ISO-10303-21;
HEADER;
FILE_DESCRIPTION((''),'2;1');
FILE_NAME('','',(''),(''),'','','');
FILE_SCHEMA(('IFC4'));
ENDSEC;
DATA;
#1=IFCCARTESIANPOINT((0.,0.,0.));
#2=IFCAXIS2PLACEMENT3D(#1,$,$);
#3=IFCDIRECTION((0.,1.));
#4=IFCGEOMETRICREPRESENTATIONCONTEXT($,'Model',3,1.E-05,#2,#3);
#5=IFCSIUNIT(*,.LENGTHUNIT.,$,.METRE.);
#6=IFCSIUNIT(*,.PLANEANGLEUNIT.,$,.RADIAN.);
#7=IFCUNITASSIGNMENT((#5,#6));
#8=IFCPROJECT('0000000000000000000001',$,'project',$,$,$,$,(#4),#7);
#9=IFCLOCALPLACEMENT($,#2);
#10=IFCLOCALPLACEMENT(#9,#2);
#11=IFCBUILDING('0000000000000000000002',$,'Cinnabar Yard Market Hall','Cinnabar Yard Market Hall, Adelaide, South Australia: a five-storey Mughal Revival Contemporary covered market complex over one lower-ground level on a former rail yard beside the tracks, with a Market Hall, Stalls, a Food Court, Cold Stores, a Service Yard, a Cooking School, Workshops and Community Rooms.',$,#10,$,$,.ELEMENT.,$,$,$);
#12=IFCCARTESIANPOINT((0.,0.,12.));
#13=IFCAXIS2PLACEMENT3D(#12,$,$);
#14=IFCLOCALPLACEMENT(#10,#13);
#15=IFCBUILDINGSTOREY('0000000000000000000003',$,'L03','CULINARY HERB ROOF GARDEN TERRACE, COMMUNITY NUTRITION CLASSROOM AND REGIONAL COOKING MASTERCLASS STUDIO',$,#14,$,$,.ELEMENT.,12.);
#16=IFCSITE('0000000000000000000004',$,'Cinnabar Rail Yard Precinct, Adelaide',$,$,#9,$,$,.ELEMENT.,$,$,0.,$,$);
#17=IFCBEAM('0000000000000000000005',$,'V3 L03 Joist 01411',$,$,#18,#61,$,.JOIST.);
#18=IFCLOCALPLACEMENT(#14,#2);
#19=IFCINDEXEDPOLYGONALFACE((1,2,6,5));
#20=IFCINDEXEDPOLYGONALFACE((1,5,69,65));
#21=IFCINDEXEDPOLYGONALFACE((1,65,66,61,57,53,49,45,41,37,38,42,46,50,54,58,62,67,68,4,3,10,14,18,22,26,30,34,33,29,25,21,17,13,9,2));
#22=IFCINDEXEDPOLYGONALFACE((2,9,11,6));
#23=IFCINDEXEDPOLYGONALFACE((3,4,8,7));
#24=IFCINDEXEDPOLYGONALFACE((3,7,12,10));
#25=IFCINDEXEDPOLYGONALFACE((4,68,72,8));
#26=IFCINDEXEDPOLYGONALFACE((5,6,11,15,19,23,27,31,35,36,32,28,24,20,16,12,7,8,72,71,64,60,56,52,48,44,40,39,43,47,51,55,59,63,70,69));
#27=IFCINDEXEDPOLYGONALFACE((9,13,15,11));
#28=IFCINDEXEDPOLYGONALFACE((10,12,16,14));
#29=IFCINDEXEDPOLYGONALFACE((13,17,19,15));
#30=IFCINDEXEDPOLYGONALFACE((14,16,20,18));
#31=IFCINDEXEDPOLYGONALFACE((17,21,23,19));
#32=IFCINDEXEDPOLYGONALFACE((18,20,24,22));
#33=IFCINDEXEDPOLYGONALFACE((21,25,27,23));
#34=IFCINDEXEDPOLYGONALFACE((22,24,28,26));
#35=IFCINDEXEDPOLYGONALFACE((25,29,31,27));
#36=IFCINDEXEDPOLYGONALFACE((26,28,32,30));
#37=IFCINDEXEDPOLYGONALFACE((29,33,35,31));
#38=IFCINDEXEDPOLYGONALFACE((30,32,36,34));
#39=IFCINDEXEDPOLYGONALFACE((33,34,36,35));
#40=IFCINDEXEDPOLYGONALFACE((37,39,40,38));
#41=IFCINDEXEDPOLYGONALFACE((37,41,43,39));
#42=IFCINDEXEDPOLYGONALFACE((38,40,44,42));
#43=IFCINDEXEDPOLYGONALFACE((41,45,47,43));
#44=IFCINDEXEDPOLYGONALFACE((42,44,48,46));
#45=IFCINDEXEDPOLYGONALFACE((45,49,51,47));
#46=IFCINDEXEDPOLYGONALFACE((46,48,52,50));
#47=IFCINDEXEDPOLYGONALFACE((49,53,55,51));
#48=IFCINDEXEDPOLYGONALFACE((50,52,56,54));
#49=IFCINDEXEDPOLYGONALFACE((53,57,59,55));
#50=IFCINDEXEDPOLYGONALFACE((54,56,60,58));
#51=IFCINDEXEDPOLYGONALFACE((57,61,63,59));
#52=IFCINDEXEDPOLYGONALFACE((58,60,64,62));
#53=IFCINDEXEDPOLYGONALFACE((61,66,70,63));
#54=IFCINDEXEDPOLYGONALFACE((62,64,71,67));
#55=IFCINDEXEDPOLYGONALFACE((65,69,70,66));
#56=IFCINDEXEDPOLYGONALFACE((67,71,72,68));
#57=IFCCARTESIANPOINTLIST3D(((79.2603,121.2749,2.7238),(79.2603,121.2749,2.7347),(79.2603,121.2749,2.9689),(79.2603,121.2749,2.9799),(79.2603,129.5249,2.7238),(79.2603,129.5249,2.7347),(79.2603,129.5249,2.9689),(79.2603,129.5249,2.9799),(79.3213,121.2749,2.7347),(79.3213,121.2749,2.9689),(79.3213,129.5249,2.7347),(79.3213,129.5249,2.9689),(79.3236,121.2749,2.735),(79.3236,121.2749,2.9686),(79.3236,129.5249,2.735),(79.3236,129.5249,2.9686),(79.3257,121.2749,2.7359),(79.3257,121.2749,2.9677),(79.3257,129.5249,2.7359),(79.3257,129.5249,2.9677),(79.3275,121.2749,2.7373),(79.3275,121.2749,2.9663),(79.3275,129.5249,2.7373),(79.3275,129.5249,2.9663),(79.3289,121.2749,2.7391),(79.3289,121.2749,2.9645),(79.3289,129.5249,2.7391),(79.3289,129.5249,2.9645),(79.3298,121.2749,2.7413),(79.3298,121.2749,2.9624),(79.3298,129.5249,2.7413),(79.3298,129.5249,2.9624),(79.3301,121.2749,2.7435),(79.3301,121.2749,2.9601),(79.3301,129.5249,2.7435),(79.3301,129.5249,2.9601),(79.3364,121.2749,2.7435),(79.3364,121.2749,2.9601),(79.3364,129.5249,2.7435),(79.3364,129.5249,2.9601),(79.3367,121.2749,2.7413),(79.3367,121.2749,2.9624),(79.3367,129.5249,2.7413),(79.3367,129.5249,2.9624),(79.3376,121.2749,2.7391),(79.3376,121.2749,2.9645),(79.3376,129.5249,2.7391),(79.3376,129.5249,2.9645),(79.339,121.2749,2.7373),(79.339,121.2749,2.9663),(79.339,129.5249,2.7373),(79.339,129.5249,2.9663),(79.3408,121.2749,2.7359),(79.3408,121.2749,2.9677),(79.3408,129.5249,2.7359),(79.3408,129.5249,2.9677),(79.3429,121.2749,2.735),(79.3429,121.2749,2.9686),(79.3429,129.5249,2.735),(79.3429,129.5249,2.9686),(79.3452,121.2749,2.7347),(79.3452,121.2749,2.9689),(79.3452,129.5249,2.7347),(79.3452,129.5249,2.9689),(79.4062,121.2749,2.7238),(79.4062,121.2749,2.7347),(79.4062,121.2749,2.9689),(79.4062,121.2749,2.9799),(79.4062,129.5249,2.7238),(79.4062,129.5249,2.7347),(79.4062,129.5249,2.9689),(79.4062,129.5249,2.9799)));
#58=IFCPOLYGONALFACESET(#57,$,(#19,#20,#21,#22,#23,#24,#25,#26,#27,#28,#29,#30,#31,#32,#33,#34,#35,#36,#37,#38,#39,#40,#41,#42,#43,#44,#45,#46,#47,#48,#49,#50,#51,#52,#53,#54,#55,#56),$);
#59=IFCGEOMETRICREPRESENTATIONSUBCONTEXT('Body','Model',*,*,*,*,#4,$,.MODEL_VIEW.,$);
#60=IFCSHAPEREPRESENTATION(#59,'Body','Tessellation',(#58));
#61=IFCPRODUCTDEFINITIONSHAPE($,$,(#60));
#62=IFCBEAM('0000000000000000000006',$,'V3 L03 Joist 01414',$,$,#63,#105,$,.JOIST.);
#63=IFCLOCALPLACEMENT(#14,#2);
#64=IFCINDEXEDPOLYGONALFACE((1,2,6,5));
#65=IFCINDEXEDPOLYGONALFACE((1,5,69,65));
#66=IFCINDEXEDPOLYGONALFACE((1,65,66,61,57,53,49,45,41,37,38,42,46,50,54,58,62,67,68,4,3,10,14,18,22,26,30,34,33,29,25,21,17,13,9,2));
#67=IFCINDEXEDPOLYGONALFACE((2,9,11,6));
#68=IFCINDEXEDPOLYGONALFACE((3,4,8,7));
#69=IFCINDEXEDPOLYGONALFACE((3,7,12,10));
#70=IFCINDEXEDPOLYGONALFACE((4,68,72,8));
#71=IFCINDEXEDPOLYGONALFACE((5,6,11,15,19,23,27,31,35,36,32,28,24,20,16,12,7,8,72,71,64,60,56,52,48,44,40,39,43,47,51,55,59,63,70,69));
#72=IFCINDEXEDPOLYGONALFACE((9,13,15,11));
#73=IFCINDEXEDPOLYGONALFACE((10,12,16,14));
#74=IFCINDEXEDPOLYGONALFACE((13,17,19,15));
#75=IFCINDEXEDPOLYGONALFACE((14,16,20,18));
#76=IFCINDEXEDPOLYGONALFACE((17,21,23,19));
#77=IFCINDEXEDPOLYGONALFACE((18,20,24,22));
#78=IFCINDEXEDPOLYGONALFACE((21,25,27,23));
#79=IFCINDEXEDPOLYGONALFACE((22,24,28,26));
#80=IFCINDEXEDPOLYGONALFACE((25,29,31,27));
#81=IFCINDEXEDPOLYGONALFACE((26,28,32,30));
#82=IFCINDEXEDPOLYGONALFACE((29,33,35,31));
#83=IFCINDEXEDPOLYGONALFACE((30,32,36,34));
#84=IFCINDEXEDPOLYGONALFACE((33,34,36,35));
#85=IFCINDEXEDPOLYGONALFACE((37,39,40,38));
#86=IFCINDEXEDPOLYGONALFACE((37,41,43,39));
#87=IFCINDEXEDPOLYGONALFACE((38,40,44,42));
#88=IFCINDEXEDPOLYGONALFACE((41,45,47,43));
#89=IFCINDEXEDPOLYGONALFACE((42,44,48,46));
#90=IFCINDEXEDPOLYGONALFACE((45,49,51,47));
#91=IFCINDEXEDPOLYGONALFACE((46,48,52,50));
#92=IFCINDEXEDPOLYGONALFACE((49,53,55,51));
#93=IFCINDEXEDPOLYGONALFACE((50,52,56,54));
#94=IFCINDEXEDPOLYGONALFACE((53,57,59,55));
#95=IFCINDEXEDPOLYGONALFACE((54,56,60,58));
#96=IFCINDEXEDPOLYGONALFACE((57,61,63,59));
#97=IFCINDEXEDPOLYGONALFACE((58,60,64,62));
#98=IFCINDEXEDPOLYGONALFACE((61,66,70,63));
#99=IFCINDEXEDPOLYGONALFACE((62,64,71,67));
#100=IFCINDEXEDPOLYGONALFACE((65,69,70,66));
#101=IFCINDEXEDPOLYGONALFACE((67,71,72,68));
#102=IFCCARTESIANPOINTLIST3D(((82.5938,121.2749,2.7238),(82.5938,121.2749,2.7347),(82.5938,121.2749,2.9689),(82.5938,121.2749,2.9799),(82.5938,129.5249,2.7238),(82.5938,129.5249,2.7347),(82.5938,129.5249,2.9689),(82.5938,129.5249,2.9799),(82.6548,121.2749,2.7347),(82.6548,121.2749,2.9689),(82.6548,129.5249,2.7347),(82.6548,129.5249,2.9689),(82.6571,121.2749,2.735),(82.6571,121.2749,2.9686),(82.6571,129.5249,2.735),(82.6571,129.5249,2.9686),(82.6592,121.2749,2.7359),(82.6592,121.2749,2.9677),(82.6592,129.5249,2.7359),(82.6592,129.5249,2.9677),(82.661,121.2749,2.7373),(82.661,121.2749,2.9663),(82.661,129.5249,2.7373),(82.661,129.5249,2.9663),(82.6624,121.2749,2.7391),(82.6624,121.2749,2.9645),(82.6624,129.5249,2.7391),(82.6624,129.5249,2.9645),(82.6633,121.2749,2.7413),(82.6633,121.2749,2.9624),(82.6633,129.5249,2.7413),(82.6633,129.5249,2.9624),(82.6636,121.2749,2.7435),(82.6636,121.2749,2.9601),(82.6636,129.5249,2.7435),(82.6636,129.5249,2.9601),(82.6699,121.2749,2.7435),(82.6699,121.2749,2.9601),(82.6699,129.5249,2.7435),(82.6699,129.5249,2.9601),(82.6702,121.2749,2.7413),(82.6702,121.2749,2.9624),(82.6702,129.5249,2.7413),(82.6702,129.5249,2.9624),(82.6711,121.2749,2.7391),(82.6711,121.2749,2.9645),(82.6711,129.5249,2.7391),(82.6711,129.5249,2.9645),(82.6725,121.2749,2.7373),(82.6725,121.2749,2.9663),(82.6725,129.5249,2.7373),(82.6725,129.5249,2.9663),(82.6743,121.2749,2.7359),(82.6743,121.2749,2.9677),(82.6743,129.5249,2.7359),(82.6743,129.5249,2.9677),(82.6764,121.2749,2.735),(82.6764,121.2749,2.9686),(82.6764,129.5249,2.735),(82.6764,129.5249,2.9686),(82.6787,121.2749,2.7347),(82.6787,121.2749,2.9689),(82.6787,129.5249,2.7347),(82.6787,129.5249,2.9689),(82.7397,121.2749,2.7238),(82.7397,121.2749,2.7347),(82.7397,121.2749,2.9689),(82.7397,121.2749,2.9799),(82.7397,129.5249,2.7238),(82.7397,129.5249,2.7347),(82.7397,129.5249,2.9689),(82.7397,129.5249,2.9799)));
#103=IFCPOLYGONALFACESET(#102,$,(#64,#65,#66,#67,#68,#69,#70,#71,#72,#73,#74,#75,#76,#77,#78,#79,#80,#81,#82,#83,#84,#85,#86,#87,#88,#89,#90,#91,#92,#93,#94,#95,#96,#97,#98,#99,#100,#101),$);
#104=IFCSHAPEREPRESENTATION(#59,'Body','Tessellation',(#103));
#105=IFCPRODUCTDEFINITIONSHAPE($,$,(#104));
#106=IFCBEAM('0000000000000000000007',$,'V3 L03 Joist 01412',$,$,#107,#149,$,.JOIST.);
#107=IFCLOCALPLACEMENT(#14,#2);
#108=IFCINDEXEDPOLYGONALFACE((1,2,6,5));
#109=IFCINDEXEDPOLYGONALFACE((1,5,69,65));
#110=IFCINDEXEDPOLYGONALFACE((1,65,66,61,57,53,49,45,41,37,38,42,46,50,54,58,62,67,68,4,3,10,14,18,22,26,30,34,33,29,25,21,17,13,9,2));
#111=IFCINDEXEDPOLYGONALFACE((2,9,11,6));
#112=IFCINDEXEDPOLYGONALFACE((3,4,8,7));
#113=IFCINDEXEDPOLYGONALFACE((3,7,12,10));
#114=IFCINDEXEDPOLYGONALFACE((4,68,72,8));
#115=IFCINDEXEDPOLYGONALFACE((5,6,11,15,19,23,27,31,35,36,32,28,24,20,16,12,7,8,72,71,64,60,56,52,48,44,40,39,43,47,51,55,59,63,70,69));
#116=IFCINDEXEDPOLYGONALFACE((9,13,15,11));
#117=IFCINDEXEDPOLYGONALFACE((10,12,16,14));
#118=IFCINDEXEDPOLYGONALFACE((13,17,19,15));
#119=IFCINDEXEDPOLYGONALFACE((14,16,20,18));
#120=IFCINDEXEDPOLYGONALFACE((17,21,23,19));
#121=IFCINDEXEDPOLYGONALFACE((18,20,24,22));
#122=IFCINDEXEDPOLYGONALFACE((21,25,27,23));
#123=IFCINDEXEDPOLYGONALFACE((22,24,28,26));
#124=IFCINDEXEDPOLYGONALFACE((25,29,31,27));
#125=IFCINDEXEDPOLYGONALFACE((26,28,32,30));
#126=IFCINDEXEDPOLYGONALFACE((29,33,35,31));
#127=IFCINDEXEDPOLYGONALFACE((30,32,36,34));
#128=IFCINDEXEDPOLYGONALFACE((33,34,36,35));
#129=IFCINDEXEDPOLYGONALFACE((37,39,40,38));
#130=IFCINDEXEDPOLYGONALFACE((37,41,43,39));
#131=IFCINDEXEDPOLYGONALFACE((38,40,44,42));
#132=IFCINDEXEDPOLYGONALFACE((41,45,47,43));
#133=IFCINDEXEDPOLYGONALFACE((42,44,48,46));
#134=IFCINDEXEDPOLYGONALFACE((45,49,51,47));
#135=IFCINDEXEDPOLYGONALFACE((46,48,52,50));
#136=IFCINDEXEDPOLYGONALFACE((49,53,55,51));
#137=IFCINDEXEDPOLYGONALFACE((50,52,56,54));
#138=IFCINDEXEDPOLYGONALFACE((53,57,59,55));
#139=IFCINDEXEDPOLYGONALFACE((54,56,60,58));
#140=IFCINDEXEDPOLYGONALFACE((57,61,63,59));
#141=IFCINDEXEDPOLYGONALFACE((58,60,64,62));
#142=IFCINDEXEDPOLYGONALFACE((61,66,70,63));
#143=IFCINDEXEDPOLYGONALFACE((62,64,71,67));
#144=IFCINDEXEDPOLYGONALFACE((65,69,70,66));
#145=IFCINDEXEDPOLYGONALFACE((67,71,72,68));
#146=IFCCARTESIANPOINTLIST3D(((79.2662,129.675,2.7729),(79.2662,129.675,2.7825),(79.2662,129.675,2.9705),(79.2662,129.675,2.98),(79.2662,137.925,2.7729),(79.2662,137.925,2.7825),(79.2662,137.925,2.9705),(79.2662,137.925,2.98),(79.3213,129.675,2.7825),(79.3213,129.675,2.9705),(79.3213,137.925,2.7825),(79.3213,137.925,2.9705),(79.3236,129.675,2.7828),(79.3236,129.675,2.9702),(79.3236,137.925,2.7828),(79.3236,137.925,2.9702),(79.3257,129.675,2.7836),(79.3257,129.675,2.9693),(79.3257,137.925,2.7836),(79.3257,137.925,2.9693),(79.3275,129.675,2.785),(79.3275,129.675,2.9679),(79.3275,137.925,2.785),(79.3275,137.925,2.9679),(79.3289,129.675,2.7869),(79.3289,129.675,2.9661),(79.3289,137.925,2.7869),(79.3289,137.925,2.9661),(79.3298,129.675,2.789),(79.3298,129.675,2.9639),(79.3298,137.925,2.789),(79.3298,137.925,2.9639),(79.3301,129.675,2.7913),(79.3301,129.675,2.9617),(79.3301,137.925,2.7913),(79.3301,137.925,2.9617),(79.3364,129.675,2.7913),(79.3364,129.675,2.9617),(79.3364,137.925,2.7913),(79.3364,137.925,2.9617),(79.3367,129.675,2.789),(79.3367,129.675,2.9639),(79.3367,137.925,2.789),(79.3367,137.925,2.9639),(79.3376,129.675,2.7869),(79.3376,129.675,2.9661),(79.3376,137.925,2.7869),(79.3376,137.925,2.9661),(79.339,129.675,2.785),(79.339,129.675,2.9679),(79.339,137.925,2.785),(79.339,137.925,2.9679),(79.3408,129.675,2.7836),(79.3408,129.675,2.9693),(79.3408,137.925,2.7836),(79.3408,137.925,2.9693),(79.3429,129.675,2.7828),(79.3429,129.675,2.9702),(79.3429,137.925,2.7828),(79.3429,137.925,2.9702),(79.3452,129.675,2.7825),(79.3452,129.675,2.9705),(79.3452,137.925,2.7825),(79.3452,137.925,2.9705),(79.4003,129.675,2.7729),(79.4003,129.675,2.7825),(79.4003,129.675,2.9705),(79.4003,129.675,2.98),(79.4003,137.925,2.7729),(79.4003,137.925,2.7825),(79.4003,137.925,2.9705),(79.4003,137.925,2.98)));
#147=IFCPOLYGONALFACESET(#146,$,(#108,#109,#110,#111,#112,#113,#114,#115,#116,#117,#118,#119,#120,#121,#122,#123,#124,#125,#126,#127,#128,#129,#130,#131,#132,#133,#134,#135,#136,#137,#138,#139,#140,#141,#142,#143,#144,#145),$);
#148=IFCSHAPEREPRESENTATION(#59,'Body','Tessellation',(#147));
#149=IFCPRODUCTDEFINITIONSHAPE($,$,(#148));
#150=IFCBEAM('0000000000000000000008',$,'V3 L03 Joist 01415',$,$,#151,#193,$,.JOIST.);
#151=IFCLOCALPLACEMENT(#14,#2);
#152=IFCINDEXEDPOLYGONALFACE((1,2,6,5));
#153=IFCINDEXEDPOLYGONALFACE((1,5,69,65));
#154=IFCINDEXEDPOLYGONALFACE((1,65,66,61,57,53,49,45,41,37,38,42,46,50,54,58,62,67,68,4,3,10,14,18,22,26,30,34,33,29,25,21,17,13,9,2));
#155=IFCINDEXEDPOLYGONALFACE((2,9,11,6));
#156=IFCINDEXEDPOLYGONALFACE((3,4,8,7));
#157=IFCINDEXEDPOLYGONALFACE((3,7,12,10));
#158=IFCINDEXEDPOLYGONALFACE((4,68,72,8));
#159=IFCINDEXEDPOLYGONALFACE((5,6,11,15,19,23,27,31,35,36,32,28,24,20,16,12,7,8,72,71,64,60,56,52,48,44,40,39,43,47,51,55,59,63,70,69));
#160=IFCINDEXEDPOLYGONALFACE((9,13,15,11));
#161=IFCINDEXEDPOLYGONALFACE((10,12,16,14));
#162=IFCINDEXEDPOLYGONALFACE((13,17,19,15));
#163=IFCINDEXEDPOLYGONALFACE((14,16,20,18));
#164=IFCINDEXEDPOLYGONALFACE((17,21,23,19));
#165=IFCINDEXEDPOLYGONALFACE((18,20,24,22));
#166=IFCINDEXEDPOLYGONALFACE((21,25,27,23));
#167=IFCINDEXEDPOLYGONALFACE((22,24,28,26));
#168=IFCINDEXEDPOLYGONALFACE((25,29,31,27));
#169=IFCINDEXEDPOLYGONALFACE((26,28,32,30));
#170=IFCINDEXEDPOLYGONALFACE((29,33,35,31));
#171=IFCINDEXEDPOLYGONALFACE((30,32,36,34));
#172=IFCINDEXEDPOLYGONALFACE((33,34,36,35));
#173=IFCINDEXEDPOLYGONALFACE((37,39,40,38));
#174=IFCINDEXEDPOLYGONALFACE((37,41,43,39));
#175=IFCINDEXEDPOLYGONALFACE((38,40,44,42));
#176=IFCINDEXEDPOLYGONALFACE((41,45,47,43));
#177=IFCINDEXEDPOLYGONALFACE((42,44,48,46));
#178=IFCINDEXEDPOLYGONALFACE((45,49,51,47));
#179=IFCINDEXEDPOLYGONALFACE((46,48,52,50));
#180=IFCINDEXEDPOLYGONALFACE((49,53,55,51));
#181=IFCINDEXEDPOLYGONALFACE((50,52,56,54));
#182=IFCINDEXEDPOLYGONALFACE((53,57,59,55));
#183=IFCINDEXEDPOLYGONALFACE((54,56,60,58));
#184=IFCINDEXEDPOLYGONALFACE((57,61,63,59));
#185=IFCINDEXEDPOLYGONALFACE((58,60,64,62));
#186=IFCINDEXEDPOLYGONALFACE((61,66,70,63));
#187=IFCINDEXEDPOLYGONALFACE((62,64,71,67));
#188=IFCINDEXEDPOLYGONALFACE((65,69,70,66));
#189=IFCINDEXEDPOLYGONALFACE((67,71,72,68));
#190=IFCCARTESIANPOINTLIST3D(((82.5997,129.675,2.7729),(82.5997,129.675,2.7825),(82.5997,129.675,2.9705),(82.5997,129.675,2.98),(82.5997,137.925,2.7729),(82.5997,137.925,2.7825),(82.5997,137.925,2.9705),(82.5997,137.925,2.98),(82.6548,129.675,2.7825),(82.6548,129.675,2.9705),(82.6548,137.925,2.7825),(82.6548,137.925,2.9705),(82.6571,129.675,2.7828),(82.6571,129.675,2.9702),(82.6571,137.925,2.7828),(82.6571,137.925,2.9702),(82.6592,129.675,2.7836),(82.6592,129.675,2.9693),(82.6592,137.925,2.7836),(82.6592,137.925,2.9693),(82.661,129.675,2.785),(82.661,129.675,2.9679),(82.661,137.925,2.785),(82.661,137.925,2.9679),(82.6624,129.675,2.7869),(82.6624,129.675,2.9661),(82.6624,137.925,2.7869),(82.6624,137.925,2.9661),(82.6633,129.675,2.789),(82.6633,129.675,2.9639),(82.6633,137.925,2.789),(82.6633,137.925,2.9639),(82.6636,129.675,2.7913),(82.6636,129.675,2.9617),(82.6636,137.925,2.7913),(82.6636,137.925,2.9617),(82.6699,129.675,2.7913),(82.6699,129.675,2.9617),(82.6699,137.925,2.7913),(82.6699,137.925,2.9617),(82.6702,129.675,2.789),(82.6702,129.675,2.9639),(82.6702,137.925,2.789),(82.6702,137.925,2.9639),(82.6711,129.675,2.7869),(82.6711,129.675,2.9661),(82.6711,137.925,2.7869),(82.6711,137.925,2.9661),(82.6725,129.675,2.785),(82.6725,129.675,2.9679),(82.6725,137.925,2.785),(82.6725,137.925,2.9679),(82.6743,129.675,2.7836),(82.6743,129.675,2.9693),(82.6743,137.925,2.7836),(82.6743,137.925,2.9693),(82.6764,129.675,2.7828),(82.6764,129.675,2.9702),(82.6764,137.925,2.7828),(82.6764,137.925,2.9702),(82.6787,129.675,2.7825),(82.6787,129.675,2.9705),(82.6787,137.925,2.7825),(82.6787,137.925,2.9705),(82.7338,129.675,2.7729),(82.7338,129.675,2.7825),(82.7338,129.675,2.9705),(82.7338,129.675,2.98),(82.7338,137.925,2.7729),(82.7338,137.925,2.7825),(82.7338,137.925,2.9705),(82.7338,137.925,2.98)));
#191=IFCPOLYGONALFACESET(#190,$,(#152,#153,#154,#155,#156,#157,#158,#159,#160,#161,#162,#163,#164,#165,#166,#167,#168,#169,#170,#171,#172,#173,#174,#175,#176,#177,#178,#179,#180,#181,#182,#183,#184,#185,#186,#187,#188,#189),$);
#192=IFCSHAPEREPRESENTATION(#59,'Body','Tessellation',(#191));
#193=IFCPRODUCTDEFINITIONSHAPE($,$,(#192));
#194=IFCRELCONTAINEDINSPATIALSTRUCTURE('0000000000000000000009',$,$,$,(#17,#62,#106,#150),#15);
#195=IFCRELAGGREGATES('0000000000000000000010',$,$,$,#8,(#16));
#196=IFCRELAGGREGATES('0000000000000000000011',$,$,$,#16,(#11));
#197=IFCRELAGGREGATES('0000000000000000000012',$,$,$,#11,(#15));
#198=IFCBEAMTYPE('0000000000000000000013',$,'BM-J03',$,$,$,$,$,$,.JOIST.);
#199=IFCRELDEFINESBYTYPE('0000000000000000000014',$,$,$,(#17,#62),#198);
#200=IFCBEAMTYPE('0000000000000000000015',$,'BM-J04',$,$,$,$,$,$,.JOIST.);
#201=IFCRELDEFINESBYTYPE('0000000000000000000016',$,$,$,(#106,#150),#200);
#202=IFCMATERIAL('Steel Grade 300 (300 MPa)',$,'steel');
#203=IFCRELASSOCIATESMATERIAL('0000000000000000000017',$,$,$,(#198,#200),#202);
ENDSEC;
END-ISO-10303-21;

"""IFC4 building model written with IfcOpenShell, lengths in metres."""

from ifc_helpers import new_model, si_unit, direction, frame, origin, origin_2d_with_axis, place, context, subcontext, project, spatial, i_section, extrude, material, material_profile, profile_set, type_object, element, save


model = new_model("IFC4")

# Units and contexts
model_context = context("Model", 3, precision=1e-05, world=origin(), true_north=direction((0.0, 1.0)))
body_context = subcontext(model_context, "Body", "Model", "MODEL_VIEW")
ifc_project = project(units=[si_unit("LENGTHUNIT", "METRE"), si_unit("PLANEANGLEUNIT", "RADIAN")], contexts=[model_context])

# Site, building, storey
site_placement = place(None, origin())
site = spatial("IfcSite", under=ifc_project, at=site_placement, Name="Cinnabar Rail Yard Precinct, Adelaide", CompositionType="ELEMENT", RefElevation=0.0)
building_placement = place(site_placement, origin())
building = spatial("IfcBuilding", under=site, at=building_placement, Name="Cinnabar Yard Market Hall", Description="Cinnabar Yard Market Hall, Adelaide, South Australia: a five-storey Mughal Revival Contemporary covered market complex over one lower-ground level on a former rail yard beside the tracks, with a Market Hall, Stalls, a Food Court, Cold Stores, a Service Yard, a Cooking School, Workshops and Community Rooms.", CompositionType="ELEMENT")
storey_placement = place(building_placement, frame((0.0, 0.0, 12.0)))
storey = spatial("IfcBuildingStorey", under=building, at=storey_placement, Name="L03", Description="CULINARY HERB ROOF GARDEN TERRACE, COMMUNITY NUTRITION CLASSROOM AND REGIONAL COOKING MASTERCLASS STUDIO", CompositionType="ELEMENT", Elevation=12.0)

# Beams
ifc_material_1 = material(Name="Steel Grade 300 (300 MPa)", Category="steel")
ifc_material_profile_1 = material_profile(ifc_material_1, i_section(OverallWidth=0.146, OverallDepth=0.2561, WebThickness=0.0063, FlangeThickness=0.011, FilletRadius=0.0088, at=origin_2d_with_axis()), Name="250UB37.3")
ifc_profile_set_1 = profile_set([ifc_material_profile_1], Name="Steel Grade 300 (300 MPa)")
beam_type_1 = type_object("IfcBeamType", Name="BM-J03", PredefinedType="JOIST", material=ifc_profile_set_1)
for number, where, z_axis, x_axis, name in (
    (1, (79.3333, 121.2749, 2.8518), (0.0, 1.0, 0.0), (-1.0, 0.0, 0.0), "V3 L03 Joist 01411"),
    (2, (82.6667, 121.2749, 2.8518), (0.0, 1.0, 0.0), (-1.0, 0.0, 0.0), "V3 L03 Joist 01414"),
):
    element("IfcBeam", number, at=place(storey_placement, frame(where, z_axis=z_axis, x_axis=x_axis)), inside=storey, type_object=beam_type_1, Name=name, PredefinedType="JOIST", context=body_context, shape_type="SweptSolid", body=[
        extrude(i_section(OverallWidth=0.146, OverallDepth=0.2561, WebThickness=0.0063, FlangeThickness=0.011, FilletRadius=0.0088, at=origin_2d_with_axis()), origin(), (0.0, 0.0, 1.0), 8.25),
    ])
ifc_material_profile_2 = material_profile(ifc_material_1, i_section(OverallWidth=0.134, OverallDepth=0.207, WebThickness=0.0063, FlangeThickness=0.0095, FilletRadius=0.0088, at=origin_2d_with_axis()), Name="200UB29.8")
ifc_profile_set_2 = profile_set([ifc_material_profile_2], Name="Steel Grade 300 (300 MPa)")
beam_type_2 = type_object("IfcBeamType", Name="BM-J04", PredefinedType="JOIST", material=ifc_profile_set_2)
for number, where, z_axis, x_axis, name in (
    (3, (79.3333, 129.675, 2.8765), (0.0, 1.0, 0.0), (-1.0, 0.0, 0.0), "V3 L03 Joist 01412"),
    (4, (82.6667, 129.675, 2.8765), (0.0, 1.0, 0.0), (-1.0, 0.0, 0.0), "V3 L03 Joist 01415"),
):
    element("IfcBeam", number, at=place(storey_placement, frame(where, z_axis=z_axis, x_axis=x_axis)), inside=storey, type_object=beam_type_2, Name=name, PredefinedType="JOIST", context=body_context, shape_type="SweptSolid", body=[
        extrude(i_section(OverallWidth=0.134, OverallDepth=0.207, WebThickness=0.0063, FlangeThickness=0.0095, FilletRadius=0.0088, at=origin_2d_with_axis()), origin(), (0.0, 0.0, 1.0), 8.25),
    ])

save(model, "model.ifc")
